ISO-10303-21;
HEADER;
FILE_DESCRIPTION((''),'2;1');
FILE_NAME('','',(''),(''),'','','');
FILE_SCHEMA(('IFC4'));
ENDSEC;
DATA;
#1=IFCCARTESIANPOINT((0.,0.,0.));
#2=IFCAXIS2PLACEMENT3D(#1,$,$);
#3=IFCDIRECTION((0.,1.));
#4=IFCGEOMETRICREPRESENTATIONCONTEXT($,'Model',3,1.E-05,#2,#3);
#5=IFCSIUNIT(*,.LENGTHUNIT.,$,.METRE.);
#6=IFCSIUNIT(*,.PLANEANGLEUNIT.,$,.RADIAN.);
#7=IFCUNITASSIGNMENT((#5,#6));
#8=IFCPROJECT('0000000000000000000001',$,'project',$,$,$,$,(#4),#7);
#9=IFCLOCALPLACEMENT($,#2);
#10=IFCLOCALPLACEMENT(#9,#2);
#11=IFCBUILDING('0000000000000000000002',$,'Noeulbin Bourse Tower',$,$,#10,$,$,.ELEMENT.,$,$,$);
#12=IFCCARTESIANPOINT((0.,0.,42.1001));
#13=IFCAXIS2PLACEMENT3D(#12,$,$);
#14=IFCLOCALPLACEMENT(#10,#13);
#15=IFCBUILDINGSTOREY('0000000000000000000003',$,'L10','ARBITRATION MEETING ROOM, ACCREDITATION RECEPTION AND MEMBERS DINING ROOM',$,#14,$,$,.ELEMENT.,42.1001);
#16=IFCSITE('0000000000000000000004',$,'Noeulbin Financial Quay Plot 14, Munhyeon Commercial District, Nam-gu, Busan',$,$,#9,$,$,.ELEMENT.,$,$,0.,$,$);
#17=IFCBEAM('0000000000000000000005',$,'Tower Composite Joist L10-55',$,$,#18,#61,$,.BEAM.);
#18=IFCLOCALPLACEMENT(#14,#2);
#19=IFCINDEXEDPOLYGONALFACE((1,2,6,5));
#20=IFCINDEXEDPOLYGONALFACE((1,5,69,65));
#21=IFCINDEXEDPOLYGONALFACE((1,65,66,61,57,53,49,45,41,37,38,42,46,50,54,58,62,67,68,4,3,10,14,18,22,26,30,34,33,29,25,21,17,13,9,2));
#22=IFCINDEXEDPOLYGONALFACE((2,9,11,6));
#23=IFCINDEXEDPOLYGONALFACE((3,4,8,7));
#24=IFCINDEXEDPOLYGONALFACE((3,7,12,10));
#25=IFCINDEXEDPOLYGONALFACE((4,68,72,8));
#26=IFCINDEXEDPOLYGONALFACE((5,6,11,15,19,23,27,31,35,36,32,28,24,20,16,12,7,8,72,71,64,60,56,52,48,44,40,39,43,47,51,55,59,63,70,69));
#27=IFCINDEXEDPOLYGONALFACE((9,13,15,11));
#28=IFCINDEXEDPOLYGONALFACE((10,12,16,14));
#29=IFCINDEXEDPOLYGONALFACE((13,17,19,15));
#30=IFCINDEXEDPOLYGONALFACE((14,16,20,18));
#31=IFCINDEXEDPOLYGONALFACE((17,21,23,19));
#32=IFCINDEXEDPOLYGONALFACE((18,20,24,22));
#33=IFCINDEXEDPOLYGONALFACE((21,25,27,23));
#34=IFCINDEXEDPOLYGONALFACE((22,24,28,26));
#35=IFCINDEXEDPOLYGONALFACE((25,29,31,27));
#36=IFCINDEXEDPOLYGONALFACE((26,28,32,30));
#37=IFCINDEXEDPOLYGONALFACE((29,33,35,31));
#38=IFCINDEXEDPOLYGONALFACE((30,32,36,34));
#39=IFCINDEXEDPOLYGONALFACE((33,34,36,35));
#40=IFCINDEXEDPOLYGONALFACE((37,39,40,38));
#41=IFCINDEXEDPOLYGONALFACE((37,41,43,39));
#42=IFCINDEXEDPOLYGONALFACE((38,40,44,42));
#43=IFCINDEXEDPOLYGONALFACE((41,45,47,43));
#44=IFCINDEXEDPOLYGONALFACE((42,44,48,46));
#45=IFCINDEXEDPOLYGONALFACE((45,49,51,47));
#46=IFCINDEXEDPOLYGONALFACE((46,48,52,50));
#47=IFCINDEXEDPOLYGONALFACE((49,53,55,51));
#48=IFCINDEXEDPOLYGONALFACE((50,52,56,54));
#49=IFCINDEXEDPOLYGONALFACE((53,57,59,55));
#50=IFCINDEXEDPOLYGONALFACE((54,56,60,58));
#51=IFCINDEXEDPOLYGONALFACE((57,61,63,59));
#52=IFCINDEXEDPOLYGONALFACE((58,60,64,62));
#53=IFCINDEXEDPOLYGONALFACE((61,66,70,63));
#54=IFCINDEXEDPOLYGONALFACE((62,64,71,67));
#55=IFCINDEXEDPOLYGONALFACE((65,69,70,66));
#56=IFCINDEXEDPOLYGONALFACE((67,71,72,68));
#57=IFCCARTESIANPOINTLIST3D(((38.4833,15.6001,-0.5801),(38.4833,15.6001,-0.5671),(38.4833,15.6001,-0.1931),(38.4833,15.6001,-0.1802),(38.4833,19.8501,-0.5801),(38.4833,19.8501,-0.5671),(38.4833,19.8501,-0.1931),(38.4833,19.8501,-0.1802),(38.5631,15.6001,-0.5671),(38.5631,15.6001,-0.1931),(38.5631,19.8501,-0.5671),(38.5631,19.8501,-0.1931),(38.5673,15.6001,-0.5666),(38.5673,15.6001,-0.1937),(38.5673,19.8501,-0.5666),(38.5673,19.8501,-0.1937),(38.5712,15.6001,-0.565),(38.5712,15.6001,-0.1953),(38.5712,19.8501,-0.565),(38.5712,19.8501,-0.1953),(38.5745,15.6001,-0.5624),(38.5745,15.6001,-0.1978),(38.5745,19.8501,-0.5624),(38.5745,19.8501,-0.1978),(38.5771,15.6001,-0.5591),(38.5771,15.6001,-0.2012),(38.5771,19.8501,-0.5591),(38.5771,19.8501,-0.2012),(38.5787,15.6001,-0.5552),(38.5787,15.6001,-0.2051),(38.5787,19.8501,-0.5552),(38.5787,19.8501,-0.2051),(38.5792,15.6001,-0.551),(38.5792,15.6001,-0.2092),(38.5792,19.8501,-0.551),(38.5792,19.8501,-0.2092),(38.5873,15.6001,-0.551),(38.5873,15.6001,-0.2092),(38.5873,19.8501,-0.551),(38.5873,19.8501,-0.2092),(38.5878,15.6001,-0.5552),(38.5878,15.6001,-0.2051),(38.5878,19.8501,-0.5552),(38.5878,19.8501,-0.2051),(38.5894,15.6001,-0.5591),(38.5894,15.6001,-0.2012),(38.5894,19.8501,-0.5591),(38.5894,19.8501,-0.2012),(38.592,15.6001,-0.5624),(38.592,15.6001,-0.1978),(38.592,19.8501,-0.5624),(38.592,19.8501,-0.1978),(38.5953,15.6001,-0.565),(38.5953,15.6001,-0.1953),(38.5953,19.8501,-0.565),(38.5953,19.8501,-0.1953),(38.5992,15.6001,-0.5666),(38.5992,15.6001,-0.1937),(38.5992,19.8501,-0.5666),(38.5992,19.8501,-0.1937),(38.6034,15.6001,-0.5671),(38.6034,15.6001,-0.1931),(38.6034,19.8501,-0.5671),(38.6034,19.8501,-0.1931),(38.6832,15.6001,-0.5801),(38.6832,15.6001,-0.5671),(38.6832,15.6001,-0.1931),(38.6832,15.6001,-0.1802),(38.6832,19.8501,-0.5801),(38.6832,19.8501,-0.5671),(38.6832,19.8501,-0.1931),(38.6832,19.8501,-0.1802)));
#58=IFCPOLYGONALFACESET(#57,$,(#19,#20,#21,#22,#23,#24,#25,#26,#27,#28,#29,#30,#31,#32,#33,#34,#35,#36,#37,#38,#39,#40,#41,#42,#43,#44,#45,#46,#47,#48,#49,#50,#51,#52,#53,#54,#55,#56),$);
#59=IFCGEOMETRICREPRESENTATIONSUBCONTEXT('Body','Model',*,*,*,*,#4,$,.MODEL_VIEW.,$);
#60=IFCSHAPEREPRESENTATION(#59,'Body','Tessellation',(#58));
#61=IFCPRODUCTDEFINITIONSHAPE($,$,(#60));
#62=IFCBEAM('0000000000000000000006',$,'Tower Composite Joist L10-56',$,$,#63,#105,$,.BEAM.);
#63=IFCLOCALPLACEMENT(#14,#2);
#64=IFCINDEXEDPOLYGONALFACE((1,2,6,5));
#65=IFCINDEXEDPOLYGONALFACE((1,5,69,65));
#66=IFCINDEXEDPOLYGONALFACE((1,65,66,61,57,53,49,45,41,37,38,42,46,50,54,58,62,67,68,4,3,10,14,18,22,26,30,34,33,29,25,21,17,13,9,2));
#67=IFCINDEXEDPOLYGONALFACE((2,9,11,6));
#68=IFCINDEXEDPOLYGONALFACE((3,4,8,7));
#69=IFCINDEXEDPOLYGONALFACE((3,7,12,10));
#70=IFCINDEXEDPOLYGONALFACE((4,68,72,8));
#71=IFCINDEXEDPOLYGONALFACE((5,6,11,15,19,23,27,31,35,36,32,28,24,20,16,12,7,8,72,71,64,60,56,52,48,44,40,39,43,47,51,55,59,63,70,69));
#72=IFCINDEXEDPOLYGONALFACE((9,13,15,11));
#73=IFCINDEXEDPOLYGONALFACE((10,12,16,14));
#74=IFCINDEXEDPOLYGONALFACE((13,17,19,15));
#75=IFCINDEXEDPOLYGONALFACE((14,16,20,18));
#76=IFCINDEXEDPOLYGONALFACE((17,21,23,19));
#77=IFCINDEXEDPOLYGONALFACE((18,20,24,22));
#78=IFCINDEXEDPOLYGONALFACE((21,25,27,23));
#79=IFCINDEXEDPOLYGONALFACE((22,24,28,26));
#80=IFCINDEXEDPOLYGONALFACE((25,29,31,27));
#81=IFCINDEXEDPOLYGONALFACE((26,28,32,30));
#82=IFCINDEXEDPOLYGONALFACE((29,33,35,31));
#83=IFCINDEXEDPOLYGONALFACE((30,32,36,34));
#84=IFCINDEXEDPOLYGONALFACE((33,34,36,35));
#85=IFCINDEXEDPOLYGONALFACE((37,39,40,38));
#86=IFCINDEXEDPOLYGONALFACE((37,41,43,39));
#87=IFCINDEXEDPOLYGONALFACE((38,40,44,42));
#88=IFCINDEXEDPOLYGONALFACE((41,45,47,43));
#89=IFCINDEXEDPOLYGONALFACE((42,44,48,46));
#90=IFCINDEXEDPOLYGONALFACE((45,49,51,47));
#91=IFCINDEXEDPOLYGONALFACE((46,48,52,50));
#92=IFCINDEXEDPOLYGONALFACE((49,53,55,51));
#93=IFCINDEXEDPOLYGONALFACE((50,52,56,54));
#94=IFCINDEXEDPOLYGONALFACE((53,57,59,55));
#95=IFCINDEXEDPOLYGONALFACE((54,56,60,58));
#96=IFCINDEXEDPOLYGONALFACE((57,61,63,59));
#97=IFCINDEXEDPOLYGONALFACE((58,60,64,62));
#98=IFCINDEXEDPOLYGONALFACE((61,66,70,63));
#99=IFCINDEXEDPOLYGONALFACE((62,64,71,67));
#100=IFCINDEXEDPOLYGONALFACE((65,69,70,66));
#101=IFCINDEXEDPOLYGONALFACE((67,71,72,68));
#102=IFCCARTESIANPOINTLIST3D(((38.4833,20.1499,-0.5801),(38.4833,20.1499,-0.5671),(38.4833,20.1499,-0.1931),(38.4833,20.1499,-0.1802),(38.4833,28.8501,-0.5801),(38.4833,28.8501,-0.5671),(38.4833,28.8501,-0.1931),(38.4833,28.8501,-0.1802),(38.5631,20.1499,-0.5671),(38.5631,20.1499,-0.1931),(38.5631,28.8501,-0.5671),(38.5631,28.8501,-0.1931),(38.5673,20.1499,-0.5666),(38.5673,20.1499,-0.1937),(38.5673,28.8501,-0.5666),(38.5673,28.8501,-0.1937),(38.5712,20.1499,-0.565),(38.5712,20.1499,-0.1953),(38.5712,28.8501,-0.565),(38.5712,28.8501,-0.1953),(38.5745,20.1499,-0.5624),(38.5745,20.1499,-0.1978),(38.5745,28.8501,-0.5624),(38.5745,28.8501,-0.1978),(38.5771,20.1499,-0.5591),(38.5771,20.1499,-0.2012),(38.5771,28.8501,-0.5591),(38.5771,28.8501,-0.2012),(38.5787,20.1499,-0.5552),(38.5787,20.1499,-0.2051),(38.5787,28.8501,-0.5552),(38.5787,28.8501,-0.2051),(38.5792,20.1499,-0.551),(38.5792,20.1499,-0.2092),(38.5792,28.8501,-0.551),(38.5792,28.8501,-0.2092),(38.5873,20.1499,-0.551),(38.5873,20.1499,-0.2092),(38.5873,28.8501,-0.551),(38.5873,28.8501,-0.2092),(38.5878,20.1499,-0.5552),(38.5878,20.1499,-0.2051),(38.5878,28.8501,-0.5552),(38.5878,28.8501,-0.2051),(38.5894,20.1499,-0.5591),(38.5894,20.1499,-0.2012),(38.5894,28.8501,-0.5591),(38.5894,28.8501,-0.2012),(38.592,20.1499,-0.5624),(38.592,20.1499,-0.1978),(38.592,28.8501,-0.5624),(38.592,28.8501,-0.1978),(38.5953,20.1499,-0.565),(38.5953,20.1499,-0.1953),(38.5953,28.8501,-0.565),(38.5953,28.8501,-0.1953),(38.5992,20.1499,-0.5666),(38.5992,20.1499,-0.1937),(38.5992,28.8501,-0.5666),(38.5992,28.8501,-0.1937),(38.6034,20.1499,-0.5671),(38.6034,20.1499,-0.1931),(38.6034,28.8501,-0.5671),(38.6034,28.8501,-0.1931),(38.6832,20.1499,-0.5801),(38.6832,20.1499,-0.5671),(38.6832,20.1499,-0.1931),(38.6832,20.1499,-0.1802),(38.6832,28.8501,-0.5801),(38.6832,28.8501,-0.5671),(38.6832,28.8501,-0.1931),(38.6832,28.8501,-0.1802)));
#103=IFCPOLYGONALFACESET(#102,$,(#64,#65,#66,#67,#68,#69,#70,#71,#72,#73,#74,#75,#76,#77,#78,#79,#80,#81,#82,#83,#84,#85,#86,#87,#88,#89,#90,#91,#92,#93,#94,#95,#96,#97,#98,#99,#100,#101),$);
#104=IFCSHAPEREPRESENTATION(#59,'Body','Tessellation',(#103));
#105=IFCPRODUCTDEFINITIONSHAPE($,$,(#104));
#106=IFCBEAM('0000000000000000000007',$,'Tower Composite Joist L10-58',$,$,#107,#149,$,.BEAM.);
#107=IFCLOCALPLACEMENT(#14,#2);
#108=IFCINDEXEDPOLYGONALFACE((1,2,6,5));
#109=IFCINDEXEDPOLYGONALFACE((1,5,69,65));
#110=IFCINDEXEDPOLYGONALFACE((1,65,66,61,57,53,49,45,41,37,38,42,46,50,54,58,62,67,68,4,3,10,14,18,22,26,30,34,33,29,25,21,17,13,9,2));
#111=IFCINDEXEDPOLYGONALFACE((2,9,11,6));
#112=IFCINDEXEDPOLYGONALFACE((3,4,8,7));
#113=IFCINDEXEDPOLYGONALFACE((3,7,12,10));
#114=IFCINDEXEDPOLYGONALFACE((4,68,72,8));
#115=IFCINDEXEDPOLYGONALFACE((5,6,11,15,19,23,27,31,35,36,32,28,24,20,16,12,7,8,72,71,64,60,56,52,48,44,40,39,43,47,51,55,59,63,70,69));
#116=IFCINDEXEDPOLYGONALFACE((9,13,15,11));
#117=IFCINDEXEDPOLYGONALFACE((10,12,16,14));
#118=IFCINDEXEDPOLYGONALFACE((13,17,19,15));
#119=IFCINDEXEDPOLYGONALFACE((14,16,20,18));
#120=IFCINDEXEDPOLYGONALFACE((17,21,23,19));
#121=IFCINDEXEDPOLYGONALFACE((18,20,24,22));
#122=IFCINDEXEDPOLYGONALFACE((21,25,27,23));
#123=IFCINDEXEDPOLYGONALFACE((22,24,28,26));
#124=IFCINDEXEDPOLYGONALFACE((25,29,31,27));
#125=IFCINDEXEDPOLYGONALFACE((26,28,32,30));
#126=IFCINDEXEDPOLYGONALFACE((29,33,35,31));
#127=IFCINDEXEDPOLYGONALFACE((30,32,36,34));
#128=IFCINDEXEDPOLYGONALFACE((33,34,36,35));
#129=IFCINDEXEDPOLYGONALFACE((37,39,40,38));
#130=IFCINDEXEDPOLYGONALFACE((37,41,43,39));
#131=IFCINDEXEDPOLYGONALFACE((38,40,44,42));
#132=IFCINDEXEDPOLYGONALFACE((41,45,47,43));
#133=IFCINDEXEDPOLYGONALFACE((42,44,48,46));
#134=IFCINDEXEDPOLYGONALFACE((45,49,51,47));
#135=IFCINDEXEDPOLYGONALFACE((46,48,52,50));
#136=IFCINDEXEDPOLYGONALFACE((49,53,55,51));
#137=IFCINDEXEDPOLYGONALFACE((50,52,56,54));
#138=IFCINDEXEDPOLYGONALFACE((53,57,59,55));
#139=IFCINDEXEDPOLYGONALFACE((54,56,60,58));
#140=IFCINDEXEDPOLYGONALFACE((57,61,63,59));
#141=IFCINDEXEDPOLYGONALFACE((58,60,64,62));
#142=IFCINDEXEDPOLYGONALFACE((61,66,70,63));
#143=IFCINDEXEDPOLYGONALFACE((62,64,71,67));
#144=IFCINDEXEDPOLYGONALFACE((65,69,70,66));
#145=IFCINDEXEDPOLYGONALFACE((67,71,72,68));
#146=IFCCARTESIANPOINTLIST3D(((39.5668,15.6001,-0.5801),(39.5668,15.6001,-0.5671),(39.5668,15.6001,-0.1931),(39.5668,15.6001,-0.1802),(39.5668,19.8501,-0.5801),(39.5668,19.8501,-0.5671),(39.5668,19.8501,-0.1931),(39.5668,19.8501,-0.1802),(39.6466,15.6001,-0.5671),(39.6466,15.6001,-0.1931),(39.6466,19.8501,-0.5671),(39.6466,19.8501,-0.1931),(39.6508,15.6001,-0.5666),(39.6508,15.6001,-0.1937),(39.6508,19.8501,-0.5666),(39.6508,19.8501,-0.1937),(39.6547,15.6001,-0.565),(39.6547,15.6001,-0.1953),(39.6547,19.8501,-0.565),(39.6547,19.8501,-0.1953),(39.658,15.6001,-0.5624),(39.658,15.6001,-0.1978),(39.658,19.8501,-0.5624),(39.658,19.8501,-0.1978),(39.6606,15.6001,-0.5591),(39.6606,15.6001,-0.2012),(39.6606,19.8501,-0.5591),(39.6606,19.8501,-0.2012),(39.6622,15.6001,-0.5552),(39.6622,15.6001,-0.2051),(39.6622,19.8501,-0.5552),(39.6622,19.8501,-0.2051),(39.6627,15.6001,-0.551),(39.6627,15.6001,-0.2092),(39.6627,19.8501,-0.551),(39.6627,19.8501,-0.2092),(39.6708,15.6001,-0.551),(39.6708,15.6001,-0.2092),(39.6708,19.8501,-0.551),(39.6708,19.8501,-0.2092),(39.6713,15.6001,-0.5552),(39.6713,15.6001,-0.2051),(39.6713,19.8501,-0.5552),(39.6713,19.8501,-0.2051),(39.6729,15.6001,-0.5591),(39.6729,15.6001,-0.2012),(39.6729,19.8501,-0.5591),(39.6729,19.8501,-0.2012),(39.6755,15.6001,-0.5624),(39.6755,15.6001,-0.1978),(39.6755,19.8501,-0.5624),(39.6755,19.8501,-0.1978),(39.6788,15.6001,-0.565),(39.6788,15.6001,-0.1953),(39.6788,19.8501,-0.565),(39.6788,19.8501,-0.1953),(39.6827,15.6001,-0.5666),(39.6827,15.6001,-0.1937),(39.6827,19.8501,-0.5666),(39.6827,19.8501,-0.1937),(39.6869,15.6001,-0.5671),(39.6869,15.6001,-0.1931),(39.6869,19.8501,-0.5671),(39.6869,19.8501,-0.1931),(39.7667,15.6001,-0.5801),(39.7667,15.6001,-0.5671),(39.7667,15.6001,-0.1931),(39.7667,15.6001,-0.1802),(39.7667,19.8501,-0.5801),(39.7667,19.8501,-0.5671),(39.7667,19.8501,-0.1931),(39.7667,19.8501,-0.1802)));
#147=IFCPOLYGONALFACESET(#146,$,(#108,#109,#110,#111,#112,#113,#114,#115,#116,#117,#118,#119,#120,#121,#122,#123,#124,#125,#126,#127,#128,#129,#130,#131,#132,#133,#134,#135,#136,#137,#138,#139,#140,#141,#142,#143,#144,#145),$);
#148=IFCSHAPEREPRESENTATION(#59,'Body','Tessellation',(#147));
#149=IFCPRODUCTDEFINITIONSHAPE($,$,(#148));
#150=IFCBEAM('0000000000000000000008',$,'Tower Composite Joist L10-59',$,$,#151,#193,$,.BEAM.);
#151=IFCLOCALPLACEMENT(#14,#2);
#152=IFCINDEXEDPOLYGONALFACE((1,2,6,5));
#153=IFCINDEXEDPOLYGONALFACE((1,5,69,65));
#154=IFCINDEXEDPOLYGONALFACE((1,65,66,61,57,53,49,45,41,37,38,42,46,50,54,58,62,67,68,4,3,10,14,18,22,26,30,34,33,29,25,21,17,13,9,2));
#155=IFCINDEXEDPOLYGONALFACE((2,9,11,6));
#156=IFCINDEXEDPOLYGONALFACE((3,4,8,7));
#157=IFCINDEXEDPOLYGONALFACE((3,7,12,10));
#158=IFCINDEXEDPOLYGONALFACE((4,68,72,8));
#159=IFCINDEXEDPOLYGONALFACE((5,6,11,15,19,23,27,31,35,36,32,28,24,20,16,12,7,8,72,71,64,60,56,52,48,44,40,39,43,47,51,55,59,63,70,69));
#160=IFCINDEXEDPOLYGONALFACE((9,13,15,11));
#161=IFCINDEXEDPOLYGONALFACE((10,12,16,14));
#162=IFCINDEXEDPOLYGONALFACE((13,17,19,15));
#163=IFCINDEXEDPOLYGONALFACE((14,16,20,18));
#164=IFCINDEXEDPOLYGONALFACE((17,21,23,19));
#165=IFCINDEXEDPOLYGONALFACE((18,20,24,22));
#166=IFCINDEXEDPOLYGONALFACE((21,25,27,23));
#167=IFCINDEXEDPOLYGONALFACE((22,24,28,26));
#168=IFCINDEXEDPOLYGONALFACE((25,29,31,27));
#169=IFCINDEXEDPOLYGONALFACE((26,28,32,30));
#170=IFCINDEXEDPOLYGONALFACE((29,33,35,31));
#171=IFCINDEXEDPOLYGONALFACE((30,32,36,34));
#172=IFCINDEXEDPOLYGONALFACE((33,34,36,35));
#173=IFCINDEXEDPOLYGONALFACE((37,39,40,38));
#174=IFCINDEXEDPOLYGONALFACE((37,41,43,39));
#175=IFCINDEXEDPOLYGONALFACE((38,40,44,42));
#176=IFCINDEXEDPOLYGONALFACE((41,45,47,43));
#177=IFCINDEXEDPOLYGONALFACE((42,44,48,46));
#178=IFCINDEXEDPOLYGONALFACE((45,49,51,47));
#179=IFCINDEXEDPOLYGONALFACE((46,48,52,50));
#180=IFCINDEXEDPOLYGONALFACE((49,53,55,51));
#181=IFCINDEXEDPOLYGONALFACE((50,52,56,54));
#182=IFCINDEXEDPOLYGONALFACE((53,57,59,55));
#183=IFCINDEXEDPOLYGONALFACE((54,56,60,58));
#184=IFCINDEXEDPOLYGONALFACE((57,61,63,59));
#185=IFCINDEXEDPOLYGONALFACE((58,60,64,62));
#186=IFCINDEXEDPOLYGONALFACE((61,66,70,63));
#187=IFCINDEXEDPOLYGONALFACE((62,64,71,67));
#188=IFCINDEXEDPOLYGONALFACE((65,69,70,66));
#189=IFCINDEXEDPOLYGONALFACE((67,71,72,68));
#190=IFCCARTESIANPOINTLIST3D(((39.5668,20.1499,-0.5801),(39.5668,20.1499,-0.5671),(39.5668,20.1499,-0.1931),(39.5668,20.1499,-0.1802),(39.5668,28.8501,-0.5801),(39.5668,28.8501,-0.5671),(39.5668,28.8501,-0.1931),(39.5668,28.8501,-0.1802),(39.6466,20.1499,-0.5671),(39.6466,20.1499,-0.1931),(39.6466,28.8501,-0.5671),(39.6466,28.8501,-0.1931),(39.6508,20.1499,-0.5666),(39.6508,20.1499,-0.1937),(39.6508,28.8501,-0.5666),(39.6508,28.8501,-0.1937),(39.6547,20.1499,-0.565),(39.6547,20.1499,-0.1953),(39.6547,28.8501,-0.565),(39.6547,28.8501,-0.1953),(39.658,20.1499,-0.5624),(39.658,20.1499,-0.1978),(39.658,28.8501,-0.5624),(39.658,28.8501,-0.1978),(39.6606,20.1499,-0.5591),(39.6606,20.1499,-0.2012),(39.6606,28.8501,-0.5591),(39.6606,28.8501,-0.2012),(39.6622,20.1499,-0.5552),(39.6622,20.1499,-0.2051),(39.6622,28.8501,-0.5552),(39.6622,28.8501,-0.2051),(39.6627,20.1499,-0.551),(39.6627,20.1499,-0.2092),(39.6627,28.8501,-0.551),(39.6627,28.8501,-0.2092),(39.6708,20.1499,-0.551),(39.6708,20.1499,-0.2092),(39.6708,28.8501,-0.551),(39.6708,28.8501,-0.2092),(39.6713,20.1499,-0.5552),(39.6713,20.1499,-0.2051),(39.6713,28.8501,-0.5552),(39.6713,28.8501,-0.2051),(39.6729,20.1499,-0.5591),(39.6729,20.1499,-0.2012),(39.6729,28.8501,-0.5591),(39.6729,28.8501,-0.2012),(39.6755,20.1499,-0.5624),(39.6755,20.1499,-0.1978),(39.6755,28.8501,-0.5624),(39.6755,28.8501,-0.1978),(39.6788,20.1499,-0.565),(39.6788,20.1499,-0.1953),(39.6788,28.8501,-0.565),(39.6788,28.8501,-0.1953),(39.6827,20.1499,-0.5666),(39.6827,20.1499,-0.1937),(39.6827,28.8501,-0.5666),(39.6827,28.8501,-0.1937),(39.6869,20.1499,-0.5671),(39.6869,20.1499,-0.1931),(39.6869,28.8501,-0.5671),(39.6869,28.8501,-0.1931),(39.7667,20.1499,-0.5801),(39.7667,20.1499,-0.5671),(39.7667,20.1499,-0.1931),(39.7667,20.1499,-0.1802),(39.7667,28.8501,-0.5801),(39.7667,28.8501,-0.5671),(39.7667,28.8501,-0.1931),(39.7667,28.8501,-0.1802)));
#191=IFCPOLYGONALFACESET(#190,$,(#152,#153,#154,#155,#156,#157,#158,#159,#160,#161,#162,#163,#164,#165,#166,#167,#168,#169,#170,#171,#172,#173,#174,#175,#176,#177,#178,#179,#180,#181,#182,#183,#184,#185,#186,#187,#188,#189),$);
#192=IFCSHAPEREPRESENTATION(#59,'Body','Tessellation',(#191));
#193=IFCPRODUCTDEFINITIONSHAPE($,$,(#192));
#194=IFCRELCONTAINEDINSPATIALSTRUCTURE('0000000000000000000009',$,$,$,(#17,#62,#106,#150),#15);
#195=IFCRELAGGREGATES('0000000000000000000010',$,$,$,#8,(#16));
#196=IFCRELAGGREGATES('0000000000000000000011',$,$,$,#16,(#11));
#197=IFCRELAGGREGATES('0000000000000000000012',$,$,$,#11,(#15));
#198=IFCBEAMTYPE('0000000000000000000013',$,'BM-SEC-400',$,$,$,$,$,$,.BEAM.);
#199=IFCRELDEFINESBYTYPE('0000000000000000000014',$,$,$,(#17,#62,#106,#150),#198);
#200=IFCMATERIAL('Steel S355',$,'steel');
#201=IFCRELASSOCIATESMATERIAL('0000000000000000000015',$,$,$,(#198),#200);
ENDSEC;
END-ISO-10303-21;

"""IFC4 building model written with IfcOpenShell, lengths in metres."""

from ifc_helpers import new_model, si_unit, direction, frame, origin, origin_2d, place, context, subcontext, project, spatial, i_section, extrude, material, material_profile, profile_set, type_object, element, save


model = new_model("IFC4")

# Units and contexts
model_context = context("Model", 3, precision=1e-05, world=origin(), true_north=direction((0.0, 1.0)))
body_context = subcontext(model_context, "Body", "Model", "MODEL_VIEW")
ifc_project = project(units=[si_unit("LENGTHUNIT", "METRE"), si_unit("PLANEANGLEUNIT", "RADIAN")], contexts=[model_context])

# Site, building, storey
site_placement = place(None, origin())
site = spatial("IfcSite", under=ifc_project, at=site_placement, Name="Noeulbin Financial Quay Plot 14, Munhyeon Commercial District, Nam-gu, Busan", CompositionType="ELEMENT", RefElevation=0.0)
building_placement = place(site_placement, origin())
building = spatial("IfcBuilding", under=site, at=building_placement, Name="Noeulbin Bourse Tower", CompositionType="ELEMENT")
storey_placement = place(building_placement, frame((0.0, 0.0, 42.1001)))
storey = spatial("IfcBuildingStorey", under=building, at=storey_placement, Name="L10", Description="ARBITRATION MEETING ROOM, ACCREDITATION RECEPTION AND MEMBERS DINING ROOM", CompositionType="ELEMENT", Elevation=42.1001)

# Beams
ifc_material_1 = material(Name="Steel S355", Category="steel")
ifc_material_profile_1 = material_profile(ifc_material_1, i_section(OverallWidth=0.2, OverallDepth=0.3999, WebThickness=0.0081, FlangeThickness=0.0129, FilletRadius=0.0161, at=origin_2d()), Name="H-400x200x8x13", Category="LoadBearing")
ifc_profile_set_1 = profile_set([ifc_material_profile_1], Name="Steel S355")
beam_type_1 = type_object("IfcBeamType", Name="BM-SEC-400", PredefinedType="BEAM", material=ifc_profile_set_1)
beam_1_placement = place(storey_placement, frame((38.5833, 15.6001, -0.3801), z_axis=(0.0, 1.0, 0.0), x_axis=(-1.0, 0.0, 0.0)))
element("IfcBeam", 1, at=beam_1_placement, inside=storey, type_object=beam_type_1, Name="Tower Composite Joist L10-55", PredefinedType="BEAM", context=body_context, shape_type="SweptSolid", body=[
    extrude(i_section(OverallWidth=0.2, OverallDepth=0.3999, WebThickness=0.0081, FlangeThickness=0.0129, FilletRadius=0.0161, at=origin_2d()), origin(), (0.0, 0.0, 1.0), 4.25),
])
beam_2_placement = place(storey_placement, frame((38.5833, 20.1499, -0.3801), z_axis=(0.0, 1.0, 0.0), x_axis=(-1.0, 0.0, 0.0)))
element("IfcBeam", 2, at=beam_2_placement, inside=storey, type_object=beam_type_1, Name="Tower Composite Joist L10-56", PredefinedType="BEAM", context=body_context, shape_type="SweptSolid", body=[
    extrude(i_section(OverallWidth=0.2, OverallDepth=0.3999, WebThickness=0.0081, FlangeThickness=0.0129, FilletRadius=0.0161, at=origin_2d()), origin(), (0.0, 0.0, 1.0), 8.7002),
])
beam_3_placement = place(storey_placement, frame((39.6667, 15.6001, -0.3801), z_axis=(0.0, 1.0, 0.0), x_axis=(-1.0, 0.0, 0.0)))
element("IfcBeam", 3, at=beam_3_placement, inside=storey, type_object=beam_type_1, Name="Tower Composite Joist L10-58", PredefinedType="BEAM", context=body_context, shape_type="SweptSolid", body=[
    extrude(i_section(OverallWidth=0.2, OverallDepth=0.3999, WebThickness=0.0081, FlangeThickness=0.0129, FilletRadius=0.0161, at=origin_2d()), origin(), (0.0, 0.0, 1.0), 4.25),
])
beam_4_placement = place(storey_placement, frame((39.6667, 20.1499, -0.3801), z_axis=(0.0, 1.0, 0.0), x_axis=(-1.0, 0.0, 0.0)))
element("IfcBeam", 4, at=beam_4_placement, inside=storey, type_object=beam_type_1, Name="Tower Composite Joist L10-59", PredefinedType="BEAM", context=body_context, shape_type="SweptSolid", body=[
    extrude(i_section(OverallWidth=0.2, OverallDepth=0.3999, WebThickness=0.0081, FlangeThickness=0.0129, FilletRadius=0.0161, at=origin_2d()), origin(), (0.0, 0.0, 1.0), 8.7002),
])

save(model, "model.ifc")
